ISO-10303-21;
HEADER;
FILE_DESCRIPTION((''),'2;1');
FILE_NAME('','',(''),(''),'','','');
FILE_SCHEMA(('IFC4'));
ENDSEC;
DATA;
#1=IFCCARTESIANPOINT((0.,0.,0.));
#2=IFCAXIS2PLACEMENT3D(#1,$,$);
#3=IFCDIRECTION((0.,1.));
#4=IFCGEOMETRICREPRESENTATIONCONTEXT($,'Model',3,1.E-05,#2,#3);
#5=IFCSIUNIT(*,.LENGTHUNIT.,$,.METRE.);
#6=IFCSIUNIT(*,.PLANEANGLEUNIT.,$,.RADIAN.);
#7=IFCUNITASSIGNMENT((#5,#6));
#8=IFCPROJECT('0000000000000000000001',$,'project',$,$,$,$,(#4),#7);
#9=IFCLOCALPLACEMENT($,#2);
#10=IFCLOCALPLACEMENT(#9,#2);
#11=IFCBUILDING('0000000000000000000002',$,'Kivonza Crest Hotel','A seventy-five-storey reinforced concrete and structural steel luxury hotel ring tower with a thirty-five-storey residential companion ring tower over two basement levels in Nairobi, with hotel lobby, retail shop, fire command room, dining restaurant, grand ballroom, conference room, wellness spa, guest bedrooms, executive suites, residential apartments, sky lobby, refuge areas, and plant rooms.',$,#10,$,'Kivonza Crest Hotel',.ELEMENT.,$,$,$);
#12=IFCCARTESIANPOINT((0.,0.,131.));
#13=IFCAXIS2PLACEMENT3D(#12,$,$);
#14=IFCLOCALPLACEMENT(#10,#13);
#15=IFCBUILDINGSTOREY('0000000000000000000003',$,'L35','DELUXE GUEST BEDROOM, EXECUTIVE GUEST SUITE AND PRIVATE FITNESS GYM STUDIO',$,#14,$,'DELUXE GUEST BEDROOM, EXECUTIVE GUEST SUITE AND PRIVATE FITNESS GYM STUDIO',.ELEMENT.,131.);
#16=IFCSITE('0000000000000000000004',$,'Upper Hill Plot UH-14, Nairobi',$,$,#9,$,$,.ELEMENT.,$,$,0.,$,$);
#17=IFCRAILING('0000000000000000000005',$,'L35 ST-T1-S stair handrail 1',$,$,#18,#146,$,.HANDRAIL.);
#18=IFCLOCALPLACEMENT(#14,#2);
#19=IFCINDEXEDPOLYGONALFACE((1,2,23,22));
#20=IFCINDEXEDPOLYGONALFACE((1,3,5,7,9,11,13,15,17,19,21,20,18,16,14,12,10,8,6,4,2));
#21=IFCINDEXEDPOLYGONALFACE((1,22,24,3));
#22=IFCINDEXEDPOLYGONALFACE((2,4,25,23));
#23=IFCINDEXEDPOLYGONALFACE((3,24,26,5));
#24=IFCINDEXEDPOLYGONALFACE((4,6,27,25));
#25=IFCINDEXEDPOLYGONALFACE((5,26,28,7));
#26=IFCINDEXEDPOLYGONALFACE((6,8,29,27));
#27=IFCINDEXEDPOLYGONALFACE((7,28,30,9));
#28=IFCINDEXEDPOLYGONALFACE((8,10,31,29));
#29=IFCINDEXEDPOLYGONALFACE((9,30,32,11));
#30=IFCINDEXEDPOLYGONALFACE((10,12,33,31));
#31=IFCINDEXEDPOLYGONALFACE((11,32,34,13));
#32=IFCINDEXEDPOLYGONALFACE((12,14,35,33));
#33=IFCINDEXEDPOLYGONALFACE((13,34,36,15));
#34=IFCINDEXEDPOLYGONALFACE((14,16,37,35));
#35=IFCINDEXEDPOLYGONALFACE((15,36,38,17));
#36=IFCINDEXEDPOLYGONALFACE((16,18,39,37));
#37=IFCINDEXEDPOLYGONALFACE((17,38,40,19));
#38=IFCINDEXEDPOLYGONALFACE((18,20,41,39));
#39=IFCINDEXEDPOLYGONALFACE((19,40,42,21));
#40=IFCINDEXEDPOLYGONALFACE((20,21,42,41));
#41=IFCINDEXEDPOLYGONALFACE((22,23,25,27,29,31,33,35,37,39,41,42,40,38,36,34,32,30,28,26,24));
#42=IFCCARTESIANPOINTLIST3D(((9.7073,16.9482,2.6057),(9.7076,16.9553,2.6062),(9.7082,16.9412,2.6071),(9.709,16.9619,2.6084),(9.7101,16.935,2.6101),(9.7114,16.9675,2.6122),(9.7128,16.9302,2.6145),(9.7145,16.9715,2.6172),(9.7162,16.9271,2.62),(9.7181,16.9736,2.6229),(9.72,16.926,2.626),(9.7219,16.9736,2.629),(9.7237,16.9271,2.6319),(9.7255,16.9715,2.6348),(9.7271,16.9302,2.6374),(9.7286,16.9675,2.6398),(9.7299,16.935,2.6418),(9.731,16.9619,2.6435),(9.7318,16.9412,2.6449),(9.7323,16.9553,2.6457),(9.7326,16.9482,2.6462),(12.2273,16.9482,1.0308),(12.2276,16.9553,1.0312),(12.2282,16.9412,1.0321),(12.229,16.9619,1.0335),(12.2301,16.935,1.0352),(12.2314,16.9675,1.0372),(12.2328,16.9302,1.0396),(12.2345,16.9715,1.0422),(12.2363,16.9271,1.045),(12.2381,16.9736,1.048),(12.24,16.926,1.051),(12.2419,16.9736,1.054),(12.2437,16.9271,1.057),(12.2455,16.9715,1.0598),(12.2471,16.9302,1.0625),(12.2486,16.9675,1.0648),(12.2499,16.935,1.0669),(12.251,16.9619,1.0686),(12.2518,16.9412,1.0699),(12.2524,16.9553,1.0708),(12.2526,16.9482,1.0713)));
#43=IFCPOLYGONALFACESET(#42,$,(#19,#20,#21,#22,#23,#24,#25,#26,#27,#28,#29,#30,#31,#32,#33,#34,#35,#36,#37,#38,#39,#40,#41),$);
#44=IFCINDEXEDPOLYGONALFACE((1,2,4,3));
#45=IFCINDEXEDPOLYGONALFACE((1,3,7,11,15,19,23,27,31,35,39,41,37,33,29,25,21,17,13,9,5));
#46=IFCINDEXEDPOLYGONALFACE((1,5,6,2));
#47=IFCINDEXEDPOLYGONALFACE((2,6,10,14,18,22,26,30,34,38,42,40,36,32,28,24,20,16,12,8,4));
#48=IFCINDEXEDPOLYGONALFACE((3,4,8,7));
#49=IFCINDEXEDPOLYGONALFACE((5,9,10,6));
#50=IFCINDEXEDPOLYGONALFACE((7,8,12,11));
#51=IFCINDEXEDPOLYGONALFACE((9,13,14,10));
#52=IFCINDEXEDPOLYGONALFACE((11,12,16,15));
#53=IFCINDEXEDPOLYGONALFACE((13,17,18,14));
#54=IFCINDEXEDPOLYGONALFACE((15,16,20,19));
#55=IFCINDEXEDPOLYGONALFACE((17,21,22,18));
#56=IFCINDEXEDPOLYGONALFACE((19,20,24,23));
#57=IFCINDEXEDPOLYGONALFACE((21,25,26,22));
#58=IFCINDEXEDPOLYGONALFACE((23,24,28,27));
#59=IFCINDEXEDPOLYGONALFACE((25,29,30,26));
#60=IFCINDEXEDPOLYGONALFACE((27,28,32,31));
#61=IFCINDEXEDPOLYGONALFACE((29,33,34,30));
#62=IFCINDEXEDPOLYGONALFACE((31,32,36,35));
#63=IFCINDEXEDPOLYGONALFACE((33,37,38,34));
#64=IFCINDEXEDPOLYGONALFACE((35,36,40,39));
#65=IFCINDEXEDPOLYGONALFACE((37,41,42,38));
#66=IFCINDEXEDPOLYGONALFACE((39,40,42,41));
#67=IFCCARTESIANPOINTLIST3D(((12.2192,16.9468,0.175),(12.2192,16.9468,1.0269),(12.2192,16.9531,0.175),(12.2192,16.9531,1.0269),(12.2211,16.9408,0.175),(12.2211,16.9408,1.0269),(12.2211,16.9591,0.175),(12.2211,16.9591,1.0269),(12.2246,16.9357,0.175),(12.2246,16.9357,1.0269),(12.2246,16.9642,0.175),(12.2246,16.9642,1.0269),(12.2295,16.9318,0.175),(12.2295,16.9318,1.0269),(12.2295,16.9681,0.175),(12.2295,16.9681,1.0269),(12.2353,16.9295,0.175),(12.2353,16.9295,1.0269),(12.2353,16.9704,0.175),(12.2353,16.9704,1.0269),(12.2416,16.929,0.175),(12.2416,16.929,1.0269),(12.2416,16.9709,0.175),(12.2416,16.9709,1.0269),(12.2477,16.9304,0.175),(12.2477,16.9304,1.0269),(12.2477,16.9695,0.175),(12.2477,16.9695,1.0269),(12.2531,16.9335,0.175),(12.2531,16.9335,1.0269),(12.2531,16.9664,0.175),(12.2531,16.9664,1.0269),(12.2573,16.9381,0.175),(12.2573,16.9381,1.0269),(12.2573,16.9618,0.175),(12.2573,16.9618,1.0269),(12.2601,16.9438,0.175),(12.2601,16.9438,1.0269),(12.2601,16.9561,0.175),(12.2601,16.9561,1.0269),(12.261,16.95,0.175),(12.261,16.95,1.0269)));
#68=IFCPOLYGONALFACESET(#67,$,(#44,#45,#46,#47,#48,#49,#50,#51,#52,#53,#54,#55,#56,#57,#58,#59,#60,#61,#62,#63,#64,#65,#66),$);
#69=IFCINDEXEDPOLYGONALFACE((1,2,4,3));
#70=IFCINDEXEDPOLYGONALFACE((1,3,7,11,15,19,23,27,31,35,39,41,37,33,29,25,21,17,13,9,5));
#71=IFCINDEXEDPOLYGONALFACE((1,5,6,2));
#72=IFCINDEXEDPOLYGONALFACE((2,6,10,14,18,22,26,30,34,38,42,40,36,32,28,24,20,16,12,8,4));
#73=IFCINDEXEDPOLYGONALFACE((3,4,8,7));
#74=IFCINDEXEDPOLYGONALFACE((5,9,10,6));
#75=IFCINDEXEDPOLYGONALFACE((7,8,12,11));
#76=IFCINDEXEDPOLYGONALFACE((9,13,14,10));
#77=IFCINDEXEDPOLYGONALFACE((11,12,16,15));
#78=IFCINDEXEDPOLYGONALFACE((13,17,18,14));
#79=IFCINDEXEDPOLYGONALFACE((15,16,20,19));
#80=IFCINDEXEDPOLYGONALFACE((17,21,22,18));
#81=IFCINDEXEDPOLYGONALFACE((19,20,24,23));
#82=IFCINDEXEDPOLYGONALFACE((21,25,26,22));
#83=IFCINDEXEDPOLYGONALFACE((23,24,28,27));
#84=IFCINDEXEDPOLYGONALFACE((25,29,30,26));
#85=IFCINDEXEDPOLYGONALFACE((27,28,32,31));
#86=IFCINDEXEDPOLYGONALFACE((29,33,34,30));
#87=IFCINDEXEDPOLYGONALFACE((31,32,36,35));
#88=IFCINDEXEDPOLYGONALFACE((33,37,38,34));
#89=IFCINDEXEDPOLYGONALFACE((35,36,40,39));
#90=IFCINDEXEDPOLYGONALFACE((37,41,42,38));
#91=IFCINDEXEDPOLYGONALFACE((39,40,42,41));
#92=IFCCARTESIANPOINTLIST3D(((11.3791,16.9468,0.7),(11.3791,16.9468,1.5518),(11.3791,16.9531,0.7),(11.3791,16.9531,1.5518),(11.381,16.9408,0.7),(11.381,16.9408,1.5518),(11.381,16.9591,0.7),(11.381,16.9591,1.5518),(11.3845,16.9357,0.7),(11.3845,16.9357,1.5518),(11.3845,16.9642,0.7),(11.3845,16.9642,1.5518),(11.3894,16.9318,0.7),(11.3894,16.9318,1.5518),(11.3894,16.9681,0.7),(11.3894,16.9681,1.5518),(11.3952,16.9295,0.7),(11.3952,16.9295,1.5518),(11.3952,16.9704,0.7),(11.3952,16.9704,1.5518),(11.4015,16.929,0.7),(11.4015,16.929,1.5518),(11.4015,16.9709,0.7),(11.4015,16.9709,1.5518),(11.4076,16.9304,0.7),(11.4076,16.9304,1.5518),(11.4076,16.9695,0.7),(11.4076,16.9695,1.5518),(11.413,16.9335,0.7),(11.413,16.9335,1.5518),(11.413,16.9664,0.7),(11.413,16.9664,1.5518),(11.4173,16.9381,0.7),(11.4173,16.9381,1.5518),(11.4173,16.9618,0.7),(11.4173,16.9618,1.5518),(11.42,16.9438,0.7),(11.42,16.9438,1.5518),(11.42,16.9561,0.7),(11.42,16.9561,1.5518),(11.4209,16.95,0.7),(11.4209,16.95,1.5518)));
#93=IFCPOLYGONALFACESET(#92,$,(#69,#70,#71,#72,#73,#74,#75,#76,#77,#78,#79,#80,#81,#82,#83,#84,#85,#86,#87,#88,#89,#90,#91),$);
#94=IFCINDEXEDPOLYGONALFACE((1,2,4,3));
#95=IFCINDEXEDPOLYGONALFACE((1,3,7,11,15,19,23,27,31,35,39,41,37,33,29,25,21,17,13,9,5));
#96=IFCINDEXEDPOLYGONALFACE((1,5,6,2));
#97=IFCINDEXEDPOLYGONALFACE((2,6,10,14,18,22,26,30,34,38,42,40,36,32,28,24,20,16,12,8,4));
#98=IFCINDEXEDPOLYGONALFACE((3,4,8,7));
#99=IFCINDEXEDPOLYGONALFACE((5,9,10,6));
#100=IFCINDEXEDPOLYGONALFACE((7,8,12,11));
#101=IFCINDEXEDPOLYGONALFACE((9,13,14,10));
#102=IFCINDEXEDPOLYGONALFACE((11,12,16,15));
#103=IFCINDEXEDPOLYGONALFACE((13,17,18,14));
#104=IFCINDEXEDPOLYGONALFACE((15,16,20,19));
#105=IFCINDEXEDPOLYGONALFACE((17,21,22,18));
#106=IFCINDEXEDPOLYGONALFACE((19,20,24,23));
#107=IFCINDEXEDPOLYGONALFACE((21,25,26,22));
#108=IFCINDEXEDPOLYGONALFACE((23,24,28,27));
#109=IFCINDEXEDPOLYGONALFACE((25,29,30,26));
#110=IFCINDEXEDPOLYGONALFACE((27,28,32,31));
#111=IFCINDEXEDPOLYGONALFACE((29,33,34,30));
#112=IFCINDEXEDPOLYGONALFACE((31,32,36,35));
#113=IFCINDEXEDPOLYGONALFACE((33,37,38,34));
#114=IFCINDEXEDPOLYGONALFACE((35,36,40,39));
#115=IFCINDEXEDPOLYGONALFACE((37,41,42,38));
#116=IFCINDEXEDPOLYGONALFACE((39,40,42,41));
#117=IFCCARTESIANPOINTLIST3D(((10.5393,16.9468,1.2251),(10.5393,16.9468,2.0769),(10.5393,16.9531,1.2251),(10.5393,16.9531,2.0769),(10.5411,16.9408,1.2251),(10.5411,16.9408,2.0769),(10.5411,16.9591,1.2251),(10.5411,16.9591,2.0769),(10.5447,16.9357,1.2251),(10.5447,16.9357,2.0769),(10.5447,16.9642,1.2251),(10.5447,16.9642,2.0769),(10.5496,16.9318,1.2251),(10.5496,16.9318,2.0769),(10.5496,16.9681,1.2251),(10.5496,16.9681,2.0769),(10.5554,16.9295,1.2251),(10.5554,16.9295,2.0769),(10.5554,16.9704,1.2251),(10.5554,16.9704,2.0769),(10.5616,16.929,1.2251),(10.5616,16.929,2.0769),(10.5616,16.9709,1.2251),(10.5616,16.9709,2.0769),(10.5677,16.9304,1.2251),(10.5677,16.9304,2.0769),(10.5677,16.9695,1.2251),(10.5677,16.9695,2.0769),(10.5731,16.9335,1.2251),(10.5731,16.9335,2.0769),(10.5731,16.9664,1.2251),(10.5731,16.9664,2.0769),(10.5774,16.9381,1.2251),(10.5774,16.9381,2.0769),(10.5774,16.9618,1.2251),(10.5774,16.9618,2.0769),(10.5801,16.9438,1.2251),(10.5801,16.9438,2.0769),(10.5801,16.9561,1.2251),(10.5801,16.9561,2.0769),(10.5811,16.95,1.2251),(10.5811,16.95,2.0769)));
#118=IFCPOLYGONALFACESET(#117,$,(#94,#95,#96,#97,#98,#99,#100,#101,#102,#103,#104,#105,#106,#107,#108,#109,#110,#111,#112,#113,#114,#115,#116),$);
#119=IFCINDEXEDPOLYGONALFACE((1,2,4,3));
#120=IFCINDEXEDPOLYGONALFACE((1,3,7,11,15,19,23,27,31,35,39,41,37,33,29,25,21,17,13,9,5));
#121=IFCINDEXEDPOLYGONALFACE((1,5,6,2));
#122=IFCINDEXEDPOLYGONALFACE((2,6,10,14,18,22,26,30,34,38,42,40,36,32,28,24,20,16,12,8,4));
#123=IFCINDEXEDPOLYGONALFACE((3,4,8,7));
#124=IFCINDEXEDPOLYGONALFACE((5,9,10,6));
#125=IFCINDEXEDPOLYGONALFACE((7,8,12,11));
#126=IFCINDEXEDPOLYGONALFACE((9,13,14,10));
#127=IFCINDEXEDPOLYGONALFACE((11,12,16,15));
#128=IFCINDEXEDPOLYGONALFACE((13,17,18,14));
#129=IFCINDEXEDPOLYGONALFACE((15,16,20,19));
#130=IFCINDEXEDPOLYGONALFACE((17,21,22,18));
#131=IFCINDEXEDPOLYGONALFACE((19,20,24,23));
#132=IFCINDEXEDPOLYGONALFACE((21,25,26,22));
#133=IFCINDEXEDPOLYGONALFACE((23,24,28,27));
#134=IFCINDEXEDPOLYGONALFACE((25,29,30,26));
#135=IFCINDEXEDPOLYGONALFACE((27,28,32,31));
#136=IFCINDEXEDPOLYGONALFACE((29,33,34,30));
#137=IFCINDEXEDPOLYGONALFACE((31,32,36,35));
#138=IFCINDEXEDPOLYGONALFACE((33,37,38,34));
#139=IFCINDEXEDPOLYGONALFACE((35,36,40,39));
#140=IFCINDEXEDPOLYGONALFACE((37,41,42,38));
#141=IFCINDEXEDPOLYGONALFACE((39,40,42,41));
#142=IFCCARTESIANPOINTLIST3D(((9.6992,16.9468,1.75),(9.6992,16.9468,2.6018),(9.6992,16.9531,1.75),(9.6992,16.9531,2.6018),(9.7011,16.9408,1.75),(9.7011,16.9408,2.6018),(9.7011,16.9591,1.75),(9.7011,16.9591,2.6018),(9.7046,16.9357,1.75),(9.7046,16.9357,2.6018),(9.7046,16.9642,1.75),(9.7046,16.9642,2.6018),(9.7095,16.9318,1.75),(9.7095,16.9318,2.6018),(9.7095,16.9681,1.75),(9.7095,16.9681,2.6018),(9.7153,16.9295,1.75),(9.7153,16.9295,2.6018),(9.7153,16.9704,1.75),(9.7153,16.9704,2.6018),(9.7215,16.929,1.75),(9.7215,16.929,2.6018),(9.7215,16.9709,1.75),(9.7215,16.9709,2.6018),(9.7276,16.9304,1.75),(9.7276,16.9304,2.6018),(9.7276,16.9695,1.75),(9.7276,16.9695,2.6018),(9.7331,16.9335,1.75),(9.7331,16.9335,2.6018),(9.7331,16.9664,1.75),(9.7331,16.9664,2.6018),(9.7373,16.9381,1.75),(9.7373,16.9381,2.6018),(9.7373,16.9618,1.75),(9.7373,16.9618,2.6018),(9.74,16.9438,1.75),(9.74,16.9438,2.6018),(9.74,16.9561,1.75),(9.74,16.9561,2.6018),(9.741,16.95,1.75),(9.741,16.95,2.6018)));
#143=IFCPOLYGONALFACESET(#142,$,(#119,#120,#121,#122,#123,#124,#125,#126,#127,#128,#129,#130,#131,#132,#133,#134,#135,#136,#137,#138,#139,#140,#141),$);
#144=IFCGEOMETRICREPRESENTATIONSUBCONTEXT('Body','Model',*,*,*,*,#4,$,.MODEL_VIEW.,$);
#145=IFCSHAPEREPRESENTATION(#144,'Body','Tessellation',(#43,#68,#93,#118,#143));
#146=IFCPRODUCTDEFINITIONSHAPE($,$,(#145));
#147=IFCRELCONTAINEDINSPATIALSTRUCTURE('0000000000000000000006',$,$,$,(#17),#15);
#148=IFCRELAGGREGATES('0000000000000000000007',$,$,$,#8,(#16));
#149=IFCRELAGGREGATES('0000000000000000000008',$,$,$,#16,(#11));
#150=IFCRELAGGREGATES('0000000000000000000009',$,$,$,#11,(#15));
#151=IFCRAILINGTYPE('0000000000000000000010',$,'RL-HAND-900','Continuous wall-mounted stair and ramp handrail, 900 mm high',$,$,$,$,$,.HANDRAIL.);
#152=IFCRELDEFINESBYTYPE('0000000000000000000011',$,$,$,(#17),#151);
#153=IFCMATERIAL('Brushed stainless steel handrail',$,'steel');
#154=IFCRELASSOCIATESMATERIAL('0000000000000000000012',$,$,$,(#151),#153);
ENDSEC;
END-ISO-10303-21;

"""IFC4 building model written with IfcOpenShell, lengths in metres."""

from ifc_helpers import new_model, si_unit, direction, frame, origin, origin_2d, place, context, subcontext, project, spatial, circle, extrude, material, type_object, element, save


model = new_model("IFC4")

# Units and contexts
model_context = context("Model", 3, precision=1e-05, world=origin(), true_north=direction((0.0, 1.0)))
body_context = subcontext(model_context, "Body", "Model", "MODEL_VIEW")
ifc_project = project(units=[si_unit("LENGTHUNIT", "METRE"), si_unit("PLANEANGLEUNIT", "RADIAN")], contexts=[model_context])

# Site, building, storey
site_placement = place(None, origin())
site = spatial("IfcSite", under=ifc_project, at=site_placement, Name="Upper Hill Plot UH-14, Nairobi", CompositionType="ELEMENT", RefElevation=0.0)
building_placement = place(site_placement, origin())
building = spatial("IfcBuilding", under=site, at=building_placement, Name="Kivonza Crest Hotel", Description="A seventy-five-storey reinforced concrete and structural steel luxury hotel ring tower with a thirty-five-storey residential companion ring tower over two basement levels in Nairobi, with hotel lobby, retail shop, fire command room, dining restaurant, grand ballroom, conference room, wellness spa, guest bedrooms, executive suites, residential apartments, sky lobby, refuge areas, and plant rooms.", LongName="Kivonza Crest Hotel", CompositionType="ELEMENT")
storey_placement = place(building_placement, frame((0.0, 0.0, 131.0)))
storey = spatial("IfcBuildingStorey", under=building, at=storey_placement, Name="L35", Description="DELUXE GUEST BEDROOM, EXECUTIVE GUEST SUITE AND PRIVATE FITNESS GYM STUDIO", LongName="DELUXE GUEST BEDROOM, EXECUTIVE GUEST SUITE AND PRIVATE FITNESS GYM STUDIO", CompositionType="ELEMENT", Elevation=131.0)

# Railing
ifc_material_1 = material(Name="Brushed stainless steel handrail", Category="steel")
railing_type_1 = type_object("IfcRailingType", Name="RL-HAND-900", Description="Continuous wall-mounted stair and ramp handrail, 900 mm high", PredefinedType="HANDRAIL", material=ifc_material_1)
railing_1_placement = place(storey_placement, frame((12.24, 16.95, 0.175)))
element("IfcRailing", 1, at=railing_1_placement, inside=storey, type_object=railing_type_1, Name="L35 ST-T1-S stair handrail 1", PredefinedType="HANDRAIL", context=body_context, shape_type="SweptSolid", body=[
    extrude(circle(Radius=0.0239, at=origin_2d()), frame((0.0, 0.0, 0.876), z_axis=(-0.848008, 0.0, 0.529984), x_axis=(0.0, -1.0, 0.0)), (0.0, 0.0, 1.0), 2.9717),
    extrude(circle(Radius=0.021, at=origin_2d()), origin(), (0.0, 0.0, 1.0), 0.8518),
    extrude(circle(Radius=0.021, at=origin_2d()), frame((-0.8401, 0.0, 0.5249)), (0.0, 0.0, 1.0), 0.8518),
    extrude(circle(Radius=0.021, at=origin_2d()), frame((-1.6799, 0.0, 1.05)), (0.0, 0.0, 1.0), 0.8518),
    extrude(circle(Radius=0.021, at=origin_2d()), frame((-2.52, 0.0, 1.575)), (0.0, 0.0, 1.0), 0.8518),
])

save(model, "model.ifc")
